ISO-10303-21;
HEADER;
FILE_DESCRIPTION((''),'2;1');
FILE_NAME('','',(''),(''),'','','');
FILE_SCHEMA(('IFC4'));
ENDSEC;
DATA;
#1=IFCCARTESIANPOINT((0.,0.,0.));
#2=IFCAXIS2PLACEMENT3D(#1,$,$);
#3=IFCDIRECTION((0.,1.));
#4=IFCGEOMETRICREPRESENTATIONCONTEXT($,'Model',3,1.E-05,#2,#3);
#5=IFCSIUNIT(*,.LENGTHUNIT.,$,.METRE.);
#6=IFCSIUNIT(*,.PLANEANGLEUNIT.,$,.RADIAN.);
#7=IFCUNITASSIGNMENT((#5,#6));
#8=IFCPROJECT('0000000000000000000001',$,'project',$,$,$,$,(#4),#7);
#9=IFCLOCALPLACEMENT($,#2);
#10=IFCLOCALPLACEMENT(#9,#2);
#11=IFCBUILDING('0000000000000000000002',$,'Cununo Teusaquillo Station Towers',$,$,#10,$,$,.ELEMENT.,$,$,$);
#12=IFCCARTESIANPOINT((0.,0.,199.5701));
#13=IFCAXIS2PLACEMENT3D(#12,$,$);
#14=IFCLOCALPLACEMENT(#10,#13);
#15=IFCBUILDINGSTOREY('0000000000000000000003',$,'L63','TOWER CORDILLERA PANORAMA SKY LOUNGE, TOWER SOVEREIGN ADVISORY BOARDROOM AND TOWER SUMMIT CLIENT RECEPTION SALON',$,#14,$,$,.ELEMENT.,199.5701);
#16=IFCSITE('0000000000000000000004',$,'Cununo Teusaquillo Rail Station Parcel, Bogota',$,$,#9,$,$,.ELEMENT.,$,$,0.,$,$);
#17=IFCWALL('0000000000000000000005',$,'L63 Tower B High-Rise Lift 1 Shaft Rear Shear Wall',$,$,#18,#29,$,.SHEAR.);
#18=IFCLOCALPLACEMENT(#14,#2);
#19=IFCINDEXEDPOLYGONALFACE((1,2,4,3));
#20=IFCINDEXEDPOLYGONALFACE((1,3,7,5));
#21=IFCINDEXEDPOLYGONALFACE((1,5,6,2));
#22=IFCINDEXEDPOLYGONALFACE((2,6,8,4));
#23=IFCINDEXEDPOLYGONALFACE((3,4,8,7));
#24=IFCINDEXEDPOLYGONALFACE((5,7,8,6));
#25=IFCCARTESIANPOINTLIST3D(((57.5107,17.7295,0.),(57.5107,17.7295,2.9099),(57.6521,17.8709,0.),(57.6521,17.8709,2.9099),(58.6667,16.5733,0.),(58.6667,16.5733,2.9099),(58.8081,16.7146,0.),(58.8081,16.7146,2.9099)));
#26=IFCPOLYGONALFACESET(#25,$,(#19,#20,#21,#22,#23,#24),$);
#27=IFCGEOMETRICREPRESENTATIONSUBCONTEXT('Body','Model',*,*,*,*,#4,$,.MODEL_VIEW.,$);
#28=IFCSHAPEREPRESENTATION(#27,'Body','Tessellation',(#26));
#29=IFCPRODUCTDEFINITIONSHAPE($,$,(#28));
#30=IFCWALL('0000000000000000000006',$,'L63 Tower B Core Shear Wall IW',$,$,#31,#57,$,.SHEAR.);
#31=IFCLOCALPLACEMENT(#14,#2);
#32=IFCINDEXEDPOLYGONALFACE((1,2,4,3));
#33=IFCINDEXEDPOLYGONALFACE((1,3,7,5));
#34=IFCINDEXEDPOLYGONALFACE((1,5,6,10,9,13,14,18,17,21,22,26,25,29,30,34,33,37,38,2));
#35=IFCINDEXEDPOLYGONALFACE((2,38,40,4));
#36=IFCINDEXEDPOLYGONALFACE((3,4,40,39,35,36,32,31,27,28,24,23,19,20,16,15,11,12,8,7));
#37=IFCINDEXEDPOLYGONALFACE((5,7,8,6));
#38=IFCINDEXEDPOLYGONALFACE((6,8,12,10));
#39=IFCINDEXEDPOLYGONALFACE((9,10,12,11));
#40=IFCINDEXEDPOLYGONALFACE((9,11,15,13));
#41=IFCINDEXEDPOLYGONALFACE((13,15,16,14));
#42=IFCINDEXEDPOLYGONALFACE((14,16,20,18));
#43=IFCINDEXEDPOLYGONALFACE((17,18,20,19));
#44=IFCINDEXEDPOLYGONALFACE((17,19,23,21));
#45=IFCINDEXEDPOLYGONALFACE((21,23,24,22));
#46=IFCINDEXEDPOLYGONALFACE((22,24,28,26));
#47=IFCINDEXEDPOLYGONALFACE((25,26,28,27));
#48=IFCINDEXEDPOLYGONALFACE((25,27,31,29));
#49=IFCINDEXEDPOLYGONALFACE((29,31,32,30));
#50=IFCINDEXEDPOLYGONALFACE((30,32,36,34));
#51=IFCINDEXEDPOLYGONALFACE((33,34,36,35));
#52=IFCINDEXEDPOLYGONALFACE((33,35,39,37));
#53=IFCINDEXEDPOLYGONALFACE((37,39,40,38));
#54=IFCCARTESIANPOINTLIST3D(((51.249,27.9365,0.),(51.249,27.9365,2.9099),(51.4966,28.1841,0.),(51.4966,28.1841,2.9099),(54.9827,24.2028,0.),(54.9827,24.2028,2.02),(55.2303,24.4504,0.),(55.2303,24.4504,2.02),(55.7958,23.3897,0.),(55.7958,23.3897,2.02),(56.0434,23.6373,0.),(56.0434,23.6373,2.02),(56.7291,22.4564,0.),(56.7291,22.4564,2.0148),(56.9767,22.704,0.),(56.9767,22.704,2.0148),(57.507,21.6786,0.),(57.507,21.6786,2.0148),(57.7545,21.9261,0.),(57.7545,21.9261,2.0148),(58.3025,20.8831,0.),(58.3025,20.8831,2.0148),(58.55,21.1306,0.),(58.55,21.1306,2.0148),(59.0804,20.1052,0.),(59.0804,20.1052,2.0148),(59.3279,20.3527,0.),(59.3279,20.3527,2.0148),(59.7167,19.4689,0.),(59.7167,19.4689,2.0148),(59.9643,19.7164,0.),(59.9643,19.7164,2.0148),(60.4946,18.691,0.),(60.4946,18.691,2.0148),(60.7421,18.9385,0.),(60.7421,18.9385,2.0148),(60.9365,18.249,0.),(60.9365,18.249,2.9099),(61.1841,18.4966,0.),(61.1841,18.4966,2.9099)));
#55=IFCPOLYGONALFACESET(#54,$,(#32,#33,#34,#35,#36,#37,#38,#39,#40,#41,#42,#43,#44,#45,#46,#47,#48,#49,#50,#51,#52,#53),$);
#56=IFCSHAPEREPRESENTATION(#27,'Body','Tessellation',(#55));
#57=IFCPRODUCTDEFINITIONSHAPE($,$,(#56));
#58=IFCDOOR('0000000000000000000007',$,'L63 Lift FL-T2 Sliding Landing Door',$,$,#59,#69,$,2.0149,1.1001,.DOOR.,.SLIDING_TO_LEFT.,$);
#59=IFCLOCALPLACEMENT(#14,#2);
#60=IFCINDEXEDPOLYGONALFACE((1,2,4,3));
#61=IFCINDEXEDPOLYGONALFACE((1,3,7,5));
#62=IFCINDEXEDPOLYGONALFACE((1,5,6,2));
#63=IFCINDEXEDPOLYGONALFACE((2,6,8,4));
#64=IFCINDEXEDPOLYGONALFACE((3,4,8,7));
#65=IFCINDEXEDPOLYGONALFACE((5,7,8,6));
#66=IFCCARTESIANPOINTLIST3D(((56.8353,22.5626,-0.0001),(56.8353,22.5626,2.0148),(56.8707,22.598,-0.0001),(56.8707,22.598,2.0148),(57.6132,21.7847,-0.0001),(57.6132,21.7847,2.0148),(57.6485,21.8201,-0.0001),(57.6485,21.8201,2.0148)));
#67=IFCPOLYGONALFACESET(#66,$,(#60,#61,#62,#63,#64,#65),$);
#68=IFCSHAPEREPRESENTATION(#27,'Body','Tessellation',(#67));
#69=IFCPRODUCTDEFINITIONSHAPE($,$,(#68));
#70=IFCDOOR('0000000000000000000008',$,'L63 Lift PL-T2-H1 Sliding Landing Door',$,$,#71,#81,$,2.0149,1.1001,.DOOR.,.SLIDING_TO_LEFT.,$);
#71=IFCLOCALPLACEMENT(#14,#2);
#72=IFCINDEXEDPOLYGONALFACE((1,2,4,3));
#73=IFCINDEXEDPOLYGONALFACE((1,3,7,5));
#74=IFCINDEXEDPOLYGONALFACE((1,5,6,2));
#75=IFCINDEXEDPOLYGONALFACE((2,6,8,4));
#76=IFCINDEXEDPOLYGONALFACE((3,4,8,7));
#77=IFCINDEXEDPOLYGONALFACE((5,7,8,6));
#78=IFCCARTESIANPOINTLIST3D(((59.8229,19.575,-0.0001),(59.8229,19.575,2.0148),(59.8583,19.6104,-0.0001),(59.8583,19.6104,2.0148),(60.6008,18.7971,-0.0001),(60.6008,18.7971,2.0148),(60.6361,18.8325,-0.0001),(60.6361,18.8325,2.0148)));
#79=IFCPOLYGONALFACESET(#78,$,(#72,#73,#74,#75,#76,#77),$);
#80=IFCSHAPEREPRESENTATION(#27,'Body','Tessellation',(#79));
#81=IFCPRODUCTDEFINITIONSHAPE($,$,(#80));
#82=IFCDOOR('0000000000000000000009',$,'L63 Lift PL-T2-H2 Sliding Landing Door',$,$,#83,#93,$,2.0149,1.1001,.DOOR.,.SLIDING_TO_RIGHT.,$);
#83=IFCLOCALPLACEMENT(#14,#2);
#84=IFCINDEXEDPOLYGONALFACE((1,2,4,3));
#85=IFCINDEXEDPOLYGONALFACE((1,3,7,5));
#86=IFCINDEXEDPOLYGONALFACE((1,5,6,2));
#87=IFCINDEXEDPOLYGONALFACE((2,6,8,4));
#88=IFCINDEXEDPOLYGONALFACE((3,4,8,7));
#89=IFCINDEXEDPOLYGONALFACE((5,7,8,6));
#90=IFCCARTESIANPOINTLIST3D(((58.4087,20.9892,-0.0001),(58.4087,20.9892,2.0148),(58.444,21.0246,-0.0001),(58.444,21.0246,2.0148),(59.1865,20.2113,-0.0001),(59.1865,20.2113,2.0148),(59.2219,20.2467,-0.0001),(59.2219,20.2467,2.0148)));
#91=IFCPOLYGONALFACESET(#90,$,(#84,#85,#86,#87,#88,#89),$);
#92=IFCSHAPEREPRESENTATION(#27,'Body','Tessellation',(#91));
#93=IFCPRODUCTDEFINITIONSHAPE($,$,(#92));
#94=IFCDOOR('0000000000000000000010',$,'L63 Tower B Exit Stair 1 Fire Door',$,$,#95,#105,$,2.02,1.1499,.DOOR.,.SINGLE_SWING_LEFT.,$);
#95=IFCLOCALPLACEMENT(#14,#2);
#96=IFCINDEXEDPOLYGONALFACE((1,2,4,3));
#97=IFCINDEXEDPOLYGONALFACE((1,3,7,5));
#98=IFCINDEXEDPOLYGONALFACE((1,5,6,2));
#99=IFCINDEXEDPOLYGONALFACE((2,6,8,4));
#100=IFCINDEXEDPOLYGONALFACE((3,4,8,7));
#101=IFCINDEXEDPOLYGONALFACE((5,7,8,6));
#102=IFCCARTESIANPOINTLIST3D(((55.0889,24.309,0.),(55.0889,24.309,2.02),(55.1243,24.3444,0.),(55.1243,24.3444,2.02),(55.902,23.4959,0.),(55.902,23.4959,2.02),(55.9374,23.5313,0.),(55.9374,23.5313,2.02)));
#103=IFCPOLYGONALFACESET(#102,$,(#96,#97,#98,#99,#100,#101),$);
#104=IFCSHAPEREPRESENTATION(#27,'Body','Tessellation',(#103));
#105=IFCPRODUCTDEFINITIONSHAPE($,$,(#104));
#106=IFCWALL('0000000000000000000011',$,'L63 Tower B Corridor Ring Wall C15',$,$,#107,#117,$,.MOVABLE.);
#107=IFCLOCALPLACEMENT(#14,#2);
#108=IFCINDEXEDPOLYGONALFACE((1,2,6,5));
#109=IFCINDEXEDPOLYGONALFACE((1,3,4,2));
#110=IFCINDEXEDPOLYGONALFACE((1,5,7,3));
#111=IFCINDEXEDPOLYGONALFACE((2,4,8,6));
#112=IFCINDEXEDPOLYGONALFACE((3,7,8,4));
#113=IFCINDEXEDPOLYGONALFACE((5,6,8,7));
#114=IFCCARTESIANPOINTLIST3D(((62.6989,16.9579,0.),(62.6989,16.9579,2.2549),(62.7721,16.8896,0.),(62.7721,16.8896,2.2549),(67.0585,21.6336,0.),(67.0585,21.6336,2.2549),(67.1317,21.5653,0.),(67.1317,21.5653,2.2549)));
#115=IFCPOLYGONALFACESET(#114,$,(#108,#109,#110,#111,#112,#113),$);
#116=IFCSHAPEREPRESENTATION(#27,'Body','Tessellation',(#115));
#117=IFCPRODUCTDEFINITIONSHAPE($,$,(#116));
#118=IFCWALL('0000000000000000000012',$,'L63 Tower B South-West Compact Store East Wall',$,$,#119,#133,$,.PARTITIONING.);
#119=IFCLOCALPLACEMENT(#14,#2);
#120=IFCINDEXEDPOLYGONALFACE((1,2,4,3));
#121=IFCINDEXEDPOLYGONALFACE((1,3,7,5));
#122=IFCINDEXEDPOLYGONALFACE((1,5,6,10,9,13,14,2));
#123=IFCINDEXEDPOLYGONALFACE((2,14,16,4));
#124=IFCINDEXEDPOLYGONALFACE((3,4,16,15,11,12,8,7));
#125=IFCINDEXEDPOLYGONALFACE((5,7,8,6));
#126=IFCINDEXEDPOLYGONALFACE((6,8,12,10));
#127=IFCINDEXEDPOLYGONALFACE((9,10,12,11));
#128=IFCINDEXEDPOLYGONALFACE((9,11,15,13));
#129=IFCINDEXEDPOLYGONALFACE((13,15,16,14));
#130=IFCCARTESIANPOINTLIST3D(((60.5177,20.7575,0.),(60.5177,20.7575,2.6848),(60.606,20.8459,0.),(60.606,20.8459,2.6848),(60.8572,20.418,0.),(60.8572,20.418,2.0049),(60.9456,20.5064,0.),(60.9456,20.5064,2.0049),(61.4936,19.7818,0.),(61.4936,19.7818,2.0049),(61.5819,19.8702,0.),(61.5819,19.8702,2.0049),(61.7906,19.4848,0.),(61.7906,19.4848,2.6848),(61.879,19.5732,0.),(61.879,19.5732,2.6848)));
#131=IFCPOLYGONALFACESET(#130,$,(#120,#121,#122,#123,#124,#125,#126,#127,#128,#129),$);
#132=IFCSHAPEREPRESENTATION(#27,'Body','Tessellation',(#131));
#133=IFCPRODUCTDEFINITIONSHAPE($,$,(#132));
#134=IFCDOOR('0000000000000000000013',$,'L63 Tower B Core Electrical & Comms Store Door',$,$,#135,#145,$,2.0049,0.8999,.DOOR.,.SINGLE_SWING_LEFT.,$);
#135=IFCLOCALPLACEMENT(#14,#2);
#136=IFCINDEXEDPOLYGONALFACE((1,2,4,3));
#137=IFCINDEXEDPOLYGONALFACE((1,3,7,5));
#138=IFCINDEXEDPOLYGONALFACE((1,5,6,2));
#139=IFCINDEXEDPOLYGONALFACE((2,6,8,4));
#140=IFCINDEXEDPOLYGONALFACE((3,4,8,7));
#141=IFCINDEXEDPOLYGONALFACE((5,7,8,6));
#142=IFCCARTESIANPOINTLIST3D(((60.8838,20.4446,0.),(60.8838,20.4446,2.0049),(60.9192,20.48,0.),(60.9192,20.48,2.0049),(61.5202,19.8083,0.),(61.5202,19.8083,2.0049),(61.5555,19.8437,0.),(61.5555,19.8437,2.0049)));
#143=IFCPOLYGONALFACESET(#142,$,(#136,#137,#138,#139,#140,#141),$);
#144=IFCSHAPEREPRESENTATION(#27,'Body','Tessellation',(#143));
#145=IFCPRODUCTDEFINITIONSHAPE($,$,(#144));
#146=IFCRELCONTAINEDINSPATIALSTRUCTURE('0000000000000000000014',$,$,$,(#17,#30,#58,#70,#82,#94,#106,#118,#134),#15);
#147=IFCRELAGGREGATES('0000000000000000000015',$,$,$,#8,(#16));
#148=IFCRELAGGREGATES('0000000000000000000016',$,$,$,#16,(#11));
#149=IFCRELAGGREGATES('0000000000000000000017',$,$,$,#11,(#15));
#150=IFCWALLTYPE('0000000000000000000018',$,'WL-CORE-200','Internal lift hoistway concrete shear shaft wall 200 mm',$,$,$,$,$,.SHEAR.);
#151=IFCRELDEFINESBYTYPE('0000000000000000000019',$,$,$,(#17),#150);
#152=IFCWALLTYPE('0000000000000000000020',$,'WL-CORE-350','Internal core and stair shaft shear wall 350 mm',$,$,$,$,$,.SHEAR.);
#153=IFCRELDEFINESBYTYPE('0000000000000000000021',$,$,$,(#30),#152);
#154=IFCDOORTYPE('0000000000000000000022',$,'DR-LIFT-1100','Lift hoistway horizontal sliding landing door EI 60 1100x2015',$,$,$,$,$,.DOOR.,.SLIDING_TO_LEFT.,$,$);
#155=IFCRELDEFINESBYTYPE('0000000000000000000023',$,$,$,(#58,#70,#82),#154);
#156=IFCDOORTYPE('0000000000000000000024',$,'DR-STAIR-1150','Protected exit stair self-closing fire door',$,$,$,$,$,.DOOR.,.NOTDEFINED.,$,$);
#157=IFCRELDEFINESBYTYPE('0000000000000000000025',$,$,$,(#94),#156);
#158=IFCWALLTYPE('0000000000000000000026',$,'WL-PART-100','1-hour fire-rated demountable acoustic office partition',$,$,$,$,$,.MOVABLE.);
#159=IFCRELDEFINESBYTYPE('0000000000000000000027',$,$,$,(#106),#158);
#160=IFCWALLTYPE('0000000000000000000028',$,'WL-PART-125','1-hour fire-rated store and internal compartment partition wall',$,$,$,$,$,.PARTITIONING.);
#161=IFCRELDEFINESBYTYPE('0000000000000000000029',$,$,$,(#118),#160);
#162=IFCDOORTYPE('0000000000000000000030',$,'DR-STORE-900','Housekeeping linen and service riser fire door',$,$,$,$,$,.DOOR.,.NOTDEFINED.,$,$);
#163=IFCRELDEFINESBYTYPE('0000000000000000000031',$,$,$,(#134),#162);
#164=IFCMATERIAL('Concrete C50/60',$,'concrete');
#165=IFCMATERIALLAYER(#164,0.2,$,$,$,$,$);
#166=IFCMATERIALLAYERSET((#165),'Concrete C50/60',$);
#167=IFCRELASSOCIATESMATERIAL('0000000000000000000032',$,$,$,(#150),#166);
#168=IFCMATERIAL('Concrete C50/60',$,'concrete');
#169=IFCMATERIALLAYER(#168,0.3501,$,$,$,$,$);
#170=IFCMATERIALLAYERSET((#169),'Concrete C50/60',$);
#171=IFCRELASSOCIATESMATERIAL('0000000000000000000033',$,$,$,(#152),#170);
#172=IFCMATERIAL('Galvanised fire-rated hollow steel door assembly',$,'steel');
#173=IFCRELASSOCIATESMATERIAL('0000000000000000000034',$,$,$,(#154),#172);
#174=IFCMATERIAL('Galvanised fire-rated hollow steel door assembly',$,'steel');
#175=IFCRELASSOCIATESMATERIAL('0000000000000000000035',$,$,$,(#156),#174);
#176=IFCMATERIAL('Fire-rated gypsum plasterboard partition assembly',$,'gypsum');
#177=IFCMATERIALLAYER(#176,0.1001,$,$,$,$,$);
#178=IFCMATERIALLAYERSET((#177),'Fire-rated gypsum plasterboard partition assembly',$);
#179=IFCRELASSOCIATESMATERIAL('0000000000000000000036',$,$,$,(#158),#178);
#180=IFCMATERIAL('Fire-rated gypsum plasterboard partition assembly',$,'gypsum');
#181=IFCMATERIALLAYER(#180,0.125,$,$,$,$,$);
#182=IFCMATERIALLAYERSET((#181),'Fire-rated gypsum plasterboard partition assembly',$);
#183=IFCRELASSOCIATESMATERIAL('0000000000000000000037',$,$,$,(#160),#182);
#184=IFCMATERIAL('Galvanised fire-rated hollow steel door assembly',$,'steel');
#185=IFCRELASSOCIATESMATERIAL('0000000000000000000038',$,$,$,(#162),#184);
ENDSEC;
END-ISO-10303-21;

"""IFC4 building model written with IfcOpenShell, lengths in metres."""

from ifc_helpers import new_model, si_unit, direction, frame, frame_2d, origin, place, context, subcontext, project, spatial, rectangle, extrude, source, transform, mapped, material, layer, layer_set, type_object, element, fill, save


model = new_model("IFC4")

# Units and contexts
model_context = context("Model", 3, precision=1e-05, world=origin(), true_north=direction((0.0, 1.0)))
body_context = subcontext(model_context, "Body", "Model", "MODEL_VIEW")
ifc_project = project(units=[si_unit("LENGTHUNIT", "METRE"), si_unit("PLANEANGLEUNIT", "RADIAN")], contexts=[model_context])

# Site, building, storey
site_placement = place(None, origin())
site = spatial("IfcSite", under=ifc_project, at=site_placement, Name="Cununo Teusaquillo Rail Station Parcel, Bogota", CompositionType="ELEMENT", RefElevation=0.0)
building_placement = place(site_placement, origin())
building = spatial("IfcBuilding", under=site, at=building_placement, Name="Cununo Teusaquillo Station Towers", CompositionType="ELEMENT")
storey_placement = place(building_placement, frame((0.0, 0.0, 199.5701)))
storey = spatial("IfcBuildingStorey", under=building, at=storey_placement, Name="L63", Description="TOWER CORDILLERA PANORAMA SKY LOUNGE, TOWER SOVEREIGN ADVISORY BOARDROOM AND TOWER SUMMIT CLIENT RECEPTION SALON", CompositionType="ELEMENT", Elevation=199.5701)

# Wall
ifc_material_1 = material(Name="Concrete C50/60", Category="concrete")
ifc_layer_1 = layer(ifc_material_1, 0.2)
ifc_layer_set_1 = layer_set([ifc_layer_1], Name="Concrete C50/60")
wall_type_1 = type_object("IfcWallType", Name="WL-CORE-200", Description="Internal lift hoistway concrete shear shaft wall 200 mm", PredefinedType="SHEAR", material=ifc_layer_set_1)
wall_1_placement = place(storey_placement, frame((58.7373, 16.644, 0.0), z_axis=(0.0, 0.0, 1.0), x_axis=(-0.707032, 0.707181, 0.0)))
element("IfcWall", 1, at=wall_1_placement, inside=storey, type_object=wall_type_1, Name="L63 Tower B High-Rise Lift 1 Shaft Rear Shear Wall", PredefinedType="SHEAR", context=body_context, shape_type="SweptSolid", body=[
    extrude(rectangle(XDim=1.635, YDim=0.2, at=frame_2d((0.8174, 0.0))), origin(), (0.0, 0.0, 1.0), 2.9099),
])

# Wall, openings, doors
ifc_material_2 = material(Name="Concrete C50/60", Category="concrete")
ifc_layer_2 = layer(ifc_material_2, 0.3501)
ifc_layer_set_2 = layer_set([ifc_layer_2], Name="Concrete C50/60")
wall_type_2 = type_object("IfcWallType", Name="WL-CORE-350", Description="Internal core and stair shaft shear wall 350 mm", PredefinedType="SHEAR", material=ifc_layer_set_2)
wall_2_placement = place(storey_placement, frame((61.0603, 18.3728, 0.0), z_axis=(0.0, 0.0, 1.0), x_axis=(-0.707107, 0.707107, 0.0)))
wall_2 = element("IfcWall", 2, at=wall_2_placement, inside=storey, type_object=wall_type_2, Name="L63 Tower B Core Shear Wall IW", PredefinedType="SHEAR", context=body_context, shape_type="SweptSolid", body=[
    extrude(rectangle(XDim=13.7002, YDim=0.3501, at=frame_2d((6.8501, 0.0))), origin(), (0.0, 0.0, 1.0), 2.9099),
])
shared_shape_1 = source(origin(), body_context, "Body", "SweptSolid", [
    extrude(rectangle(XDim=1.1001, YDim=2.0149, at=frame_2d((0.55, 1.0073))), frame((0.0, 0.1851, 0.0), z_axis=(0.0, -1.0, 0.0), x_axis=(1.0, 0.0, 0.0)), (0.0, 0.0, 1.0), 0.3701),
])
opening_1_placement = place(wall_2_placement, frame((4.8501, 0.0, 0.0)))
opening_1 = element("IfcOpeningElement", 3, at=opening_1_placement, cuts=wall_2, PredefinedType="OPENING", context=body_context, shape_type="MappedRepresentation", body=[
    mapped(shared_shape_1, transform((0.0, 0.0, 0.0), x_axis=(1.0, 0.0, 0.0), y_axis=(0.0, 1.0, 0.0), z_axis=(0.0, 0.0, 1.0), scale=1.0)),
])
opening_2_placement = place(wall_2_placement, frame((0.625, 0.0, 0.0)))
opening_2 = element("IfcOpeningElement", 4, at=opening_2_placement, cuts=wall_2, PredefinedType="OPENING", context=body_context, shape_type="MappedRepresentation", body=[
    mapped(shared_shape_1, transform((0.0, 0.0, 0.0), x_axis=(1.0, 0.0, 0.0), y_axis=(0.0, 1.0, 0.0), z_axis=(0.0, 0.0, 1.0), scale=1.0)),
])
opening_3_placement = place(wall_2_placement, frame((2.625, 0.0, 0.0)))
opening_3 = element("IfcOpeningElement", 5, at=opening_3_placement, cuts=wall_2, PredefinedType="OPENING", context=body_context, shape_type="MappedRepresentation", body=[
    mapped(shared_shape_1, transform((0.0, 0.0, 0.0), x_axis=(1.0, 0.0, 0.0), y_axis=(0.0, 1.0, 0.0), z_axis=(0.0, 0.0, 1.0), scale=1.0)),
])
shared_shape_2 = source(origin(), body_context, "Body", "SweptSolid", [
    extrude(rectangle(XDim=1.1499, YDim=2.02, at=frame_2d((0.575, 1.01))), frame((0.0, 0.1851, 0.0), z_axis=(0.0, -1.0, 0.0), x_axis=(1.0, 0.0, 0.0)), (0.0, 0.0, 1.0), 0.3701),
])
opening_4_placement = place(wall_2_placement, frame((7.27, 0.0, 0.0)))
opening_4 = element("IfcOpeningElement", 6, at=opening_4_placement, cuts=wall_2, PredefinedType="OPENING", context=body_context, shape_type="MappedRepresentation", body=[
    mapped(shared_shape_2, transform((0.0, 0.0, 0.0), x_axis=(1.0, 0.0, 0.0), y_axis=(0.0, 1.0, 0.0), z_axis=(0.0, 0.0, 1.0), scale=1.0)),
])
ifc_material_3 = material(Name="Galvanised fire-rated hollow steel door assembly", Category="steel")
door_type_1 = type_object("IfcDoorType", Name="DR-LIFT-1100", Description="Lift hoistway horizontal sliding landing door EI 60 1100x2015", OperationType="SLIDING_TO_LEFT", PredefinedType="DOOR", material=ifc_material_3)
shared_shape_3 = source(origin(), body_context, "Body", "SweptSolid", [
    extrude(rectangle(XDim=1.1001, YDim=2.0149, at=frame_2d((0.55, 1.0073))), frame((0.0, 0.0249, 0.0), z_axis=(0.0, -1.0, 0.0), x_axis=(1.0, 0.0, 0.0)), (0.0, 0.0, 1.0), 0.05),
])
door_1_placement = place(opening_1_placement, origin())
door_1 = element("IfcDoor", 7, at=door_1_placement, inside=storey, type_object=door_type_1, Name="L63 Lift FL-T2 Sliding Landing Door", OperationType="SLIDING_TO_LEFT", OverallHeight=2.0149, OverallWidth=1.1001, PredefinedType="DOOR", context=body_context, shape_type="MappedRepresentation", body=[
    mapped(shared_shape_3, transform((0.0, 0.0, 0.0), x_axis=(1.0, 0.0, 0.0), y_axis=(0.0, 1.0, 0.0), z_axis=(0.0, 0.0, 1.0), scale=1.0)),
])
fill(opening_1, door_1)
door_2_placement = place(opening_2_placement, origin())
door_2 = element("IfcDoor", 8, at=door_2_placement, inside=storey, type_object=door_type_1, Name="L63 Lift PL-T2-H1 Sliding Landing Door", OperationType="SLIDING_TO_LEFT", OverallHeight=2.0149, OverallWidth=1.1001, PredefinedType="DOOR", context=body_context, shape_type="MappedRepresentation", body=[
    mapped(shared_shape_3, transform((0.0, 0.0, 0.0), x_axis=(1.0, 0.0, 0.0), y_axis=(0.0, 1.0, 0.0), z_axis=(0.0, 0.0, 1.0), scale=1.0)),
])
fill(opening_2, door_2)
door_3_placement = place(opening_3_placement, origin())
door_3 = element("IfcDoor", 9, at=door_3_placement, inside=storey, type_object=door_type_1, Name="L63 Lift PL-T2-H2 Sliding Landing Door", OperationType="SLIDING_TO_RIGHT", OverallHeight=2.0149, OverallWidth=1.1001, PredefinedType="DOOR", context=body_context, shape_type="MappedRepresentation", body=[
    mapped(shared_shape_3, transform((0.0, 0.0, 0.0), x_axis=(1.0, 0.0, 0.0), y_axis=(0.0, 1.0, 0.0), z_axis=(0.0, 0.0, 1.0), scale=1.0)),
])
fill(opening_3, door_3)
ifc_material_4 = material(Name="Galvanised fire-rated hollow steel door assembly", Category="steel")
door_type_2 = type_object("IfcDoorType", Name="DR-STAIR-1150", Description="Protected exit stair self-closing fire door", OperationType="NOTDEFINED", PredefinedType="DOOR", material=ifc_material_4)
shared_shape_4 = source(origin(), body_context, "Body", "SweptSolid", [
    extrude(rectangle(XDim=1.1499, YDim=2.02, at=frame_2d((0.575, 1.01))), frame((0.0, 0.0249, 0.0), z_axis=(0.0, -1.0, 0.0), x_axis=(1.0, 0.0, 0.0)), (0.0, 0.0, 1.0), 0.05),
])
door_4_placement = place(opening_4_placement, origin())
door_4 = element("IfcDoor", 10, at=door_4_placement, inside=storey, type_object=door_type_2, Name="L63 Tower B Exit Stair 1 Fire Door", OperationType="SINGLE_SWING_LEFT", OverallHeight=2.02, OverallWidth=1.1499, PredefinedType="DOOR", context=body_context, shape_type="MappedRepresentation", body=[
    mapped(shared_shape_4, transform((0.0, 0.0, 0.0), x_axis=(1.0, 0.0, 0.0), y_axis=(0.0, 1.0, 0.0), z_axis=(0.0, 0.0, 1.0), scale=1.0)),
])
fill(opening_4, door_4)

# Wall
ifc_material_5 = material(Name="Fire-rated gypsum plasterboard partition assembly", Category="gypsum")
ifc_layer_3 = layer(ifc_material_5, 0.1001)
ifc_layer_set_3 = layer_set([ifc_layer_3], Name="Fire-rated gypsum plasterboard partition assembly")
wall_type_3 = type_object("IfcWallType", Name="WL-PART-100", Description="1-hour fire-rated demountable acoustic office partition", PredefinedType="MOVABLE", material=ifc_layer_set_3)
wall_3_placement = place(storey_placement, frame((62.7356, 16.9238, 0.0), z_axis=(0.0, 0.0, 1.0), x_axis=(0.681947, 0.731402, 0.0)))
element("IfcWall", 11, at=wall_3_placement, inside=storey, type_object=wall_type_3, Name="L63 Tower B Corridor Ring Wall C15", PredefinedType="MOVABLE", context=body_context, shape_type="SweptSolid", body=[
    extrude(rectangle(XDim=6.3928, YDim=0.1001, at=frame_2d((3.1963, 0.0))), origin(), (0.0, 0.0, 1.0), 2.2549),
])

# Wall, opening, door
ifc_material_6 = material(Name="Fire-rated gypsum plasterboard partition assembly", Category="gypsum")
ifc_layer_4 = layer(ifc_material_6, 0.125)
ifc_layer_set_4 = layer_set([ifc_layer_4], Name="Fire-rated gypsum plasterboard partition assembly")
wall_type_4 = type_object("IfcWallType", Name="WL-PART-125", Description="1-hour fire-rated store and internal compartment partition wall", PredefinedType="PARTITIONING", material=ifc_layer_set_4)
wall_4_placement = place(storey_placement, frame((61.8347, 19.5291, 0.0), z_axis=(0.0, 0.0, 1.0), x_axis=(-0.707175, 0.707039, 0.0)))
wall_4 = element("IfcWall", 12, at=wall_4_placement, inside=storey, type_object=wall_type_4, Name="L63 Tower B South-West Compact Store East Wall", PredefinedType="PARTITIONING", context=body_context, shape_type="SweptSolid", body=[
    extrude(rectangle(XDim=1.8, YDim=0.125, at=frame_2d((0.8999, 0.0))), origin(), (0.0, 0.0, 1.0), 2.6848),
])
shared_shape_5 = source(origin(), body_context, "Body", "SweptSolid", [
    extrude(rectangle(XDim=0.8999, YDim=2.0049, at=frame_2d((0.45, 1.0024))), frame((0.0, 0.0725, 0.0), z_axis=(0.0, -1.0, 0.0), x_axis=(1.0, 0.0, 0.0)), (0.0, 0.0, 1.0), 0.145),
])
opening_5_placement = place(wall_4_placement, frame((0.4199, 0.0, 0.0)))
opening_5 = element("IfcOpeningElement", 13, at=opening_5_placement, cuts=wall_4, PredefinedType="OPENING", context=body_context, shape_type="MappedRepresentation", body=[
    mapped(shared_shape_5, transform((0.0, 0.0, 0.0), x_axis=(1.0, 0.0, 0.0), y_axis=(0.0, 1.0, 0.0), z_axis=(0.0, 0.0, 1.0), scale=1.0)),
])
ifc_material_7 = material(Name="Galvanised fire-rated hollow steel door assembly", Category="steel")
door_type_3 = type_object("IfcDoorType", Name="DR-STORE-900", Description="Housekeeping linen and service riser fire door", OperationType="NOTDEFINED", PredefinedType="DOOR", material=ifc_material_7)
shared_shape_6 = source(origin(), body_context, "Body", "SweptSolid", [
    extrude(rectangle(XDim=0.8999, YDim=2.0049, at=frame_2d((0.45, 1.0024))), frame((0.0, 0.0249, 0.0), z_axis=(0.0, -1.0, 0.0), x_axis=(1.0, 0.0, 0.0)), (0.0, 0.0, 1.0), 0.05),
])
door_5_placement = place(opening_5_placement, origin())
door_5 = element("IfcDoor", 14, at=door_5_placement, inside=storey, type_object=door_type_3, Name="L63 Tower B Core Electrical & Comms Store Door", OperationType="SINGLE_SWING_LEFT", OverallHeight=2.0049, OverallWidth=0.8999, PredefinedType="DOOR", context=body_context, shape_type="MappedRepresentation", body=[
    mapped(shared_shape_6, transform((0.0, 0.0, 0.0), x_axis=(1.0, 0.0, 0.0), y_axis=(0.0, 1.0, 0.0), z_axis=(0.0, 0.0, 1.0), scale=1.0)),
])
fill(opening_5, door_5)

save(model, "model.ifc")
